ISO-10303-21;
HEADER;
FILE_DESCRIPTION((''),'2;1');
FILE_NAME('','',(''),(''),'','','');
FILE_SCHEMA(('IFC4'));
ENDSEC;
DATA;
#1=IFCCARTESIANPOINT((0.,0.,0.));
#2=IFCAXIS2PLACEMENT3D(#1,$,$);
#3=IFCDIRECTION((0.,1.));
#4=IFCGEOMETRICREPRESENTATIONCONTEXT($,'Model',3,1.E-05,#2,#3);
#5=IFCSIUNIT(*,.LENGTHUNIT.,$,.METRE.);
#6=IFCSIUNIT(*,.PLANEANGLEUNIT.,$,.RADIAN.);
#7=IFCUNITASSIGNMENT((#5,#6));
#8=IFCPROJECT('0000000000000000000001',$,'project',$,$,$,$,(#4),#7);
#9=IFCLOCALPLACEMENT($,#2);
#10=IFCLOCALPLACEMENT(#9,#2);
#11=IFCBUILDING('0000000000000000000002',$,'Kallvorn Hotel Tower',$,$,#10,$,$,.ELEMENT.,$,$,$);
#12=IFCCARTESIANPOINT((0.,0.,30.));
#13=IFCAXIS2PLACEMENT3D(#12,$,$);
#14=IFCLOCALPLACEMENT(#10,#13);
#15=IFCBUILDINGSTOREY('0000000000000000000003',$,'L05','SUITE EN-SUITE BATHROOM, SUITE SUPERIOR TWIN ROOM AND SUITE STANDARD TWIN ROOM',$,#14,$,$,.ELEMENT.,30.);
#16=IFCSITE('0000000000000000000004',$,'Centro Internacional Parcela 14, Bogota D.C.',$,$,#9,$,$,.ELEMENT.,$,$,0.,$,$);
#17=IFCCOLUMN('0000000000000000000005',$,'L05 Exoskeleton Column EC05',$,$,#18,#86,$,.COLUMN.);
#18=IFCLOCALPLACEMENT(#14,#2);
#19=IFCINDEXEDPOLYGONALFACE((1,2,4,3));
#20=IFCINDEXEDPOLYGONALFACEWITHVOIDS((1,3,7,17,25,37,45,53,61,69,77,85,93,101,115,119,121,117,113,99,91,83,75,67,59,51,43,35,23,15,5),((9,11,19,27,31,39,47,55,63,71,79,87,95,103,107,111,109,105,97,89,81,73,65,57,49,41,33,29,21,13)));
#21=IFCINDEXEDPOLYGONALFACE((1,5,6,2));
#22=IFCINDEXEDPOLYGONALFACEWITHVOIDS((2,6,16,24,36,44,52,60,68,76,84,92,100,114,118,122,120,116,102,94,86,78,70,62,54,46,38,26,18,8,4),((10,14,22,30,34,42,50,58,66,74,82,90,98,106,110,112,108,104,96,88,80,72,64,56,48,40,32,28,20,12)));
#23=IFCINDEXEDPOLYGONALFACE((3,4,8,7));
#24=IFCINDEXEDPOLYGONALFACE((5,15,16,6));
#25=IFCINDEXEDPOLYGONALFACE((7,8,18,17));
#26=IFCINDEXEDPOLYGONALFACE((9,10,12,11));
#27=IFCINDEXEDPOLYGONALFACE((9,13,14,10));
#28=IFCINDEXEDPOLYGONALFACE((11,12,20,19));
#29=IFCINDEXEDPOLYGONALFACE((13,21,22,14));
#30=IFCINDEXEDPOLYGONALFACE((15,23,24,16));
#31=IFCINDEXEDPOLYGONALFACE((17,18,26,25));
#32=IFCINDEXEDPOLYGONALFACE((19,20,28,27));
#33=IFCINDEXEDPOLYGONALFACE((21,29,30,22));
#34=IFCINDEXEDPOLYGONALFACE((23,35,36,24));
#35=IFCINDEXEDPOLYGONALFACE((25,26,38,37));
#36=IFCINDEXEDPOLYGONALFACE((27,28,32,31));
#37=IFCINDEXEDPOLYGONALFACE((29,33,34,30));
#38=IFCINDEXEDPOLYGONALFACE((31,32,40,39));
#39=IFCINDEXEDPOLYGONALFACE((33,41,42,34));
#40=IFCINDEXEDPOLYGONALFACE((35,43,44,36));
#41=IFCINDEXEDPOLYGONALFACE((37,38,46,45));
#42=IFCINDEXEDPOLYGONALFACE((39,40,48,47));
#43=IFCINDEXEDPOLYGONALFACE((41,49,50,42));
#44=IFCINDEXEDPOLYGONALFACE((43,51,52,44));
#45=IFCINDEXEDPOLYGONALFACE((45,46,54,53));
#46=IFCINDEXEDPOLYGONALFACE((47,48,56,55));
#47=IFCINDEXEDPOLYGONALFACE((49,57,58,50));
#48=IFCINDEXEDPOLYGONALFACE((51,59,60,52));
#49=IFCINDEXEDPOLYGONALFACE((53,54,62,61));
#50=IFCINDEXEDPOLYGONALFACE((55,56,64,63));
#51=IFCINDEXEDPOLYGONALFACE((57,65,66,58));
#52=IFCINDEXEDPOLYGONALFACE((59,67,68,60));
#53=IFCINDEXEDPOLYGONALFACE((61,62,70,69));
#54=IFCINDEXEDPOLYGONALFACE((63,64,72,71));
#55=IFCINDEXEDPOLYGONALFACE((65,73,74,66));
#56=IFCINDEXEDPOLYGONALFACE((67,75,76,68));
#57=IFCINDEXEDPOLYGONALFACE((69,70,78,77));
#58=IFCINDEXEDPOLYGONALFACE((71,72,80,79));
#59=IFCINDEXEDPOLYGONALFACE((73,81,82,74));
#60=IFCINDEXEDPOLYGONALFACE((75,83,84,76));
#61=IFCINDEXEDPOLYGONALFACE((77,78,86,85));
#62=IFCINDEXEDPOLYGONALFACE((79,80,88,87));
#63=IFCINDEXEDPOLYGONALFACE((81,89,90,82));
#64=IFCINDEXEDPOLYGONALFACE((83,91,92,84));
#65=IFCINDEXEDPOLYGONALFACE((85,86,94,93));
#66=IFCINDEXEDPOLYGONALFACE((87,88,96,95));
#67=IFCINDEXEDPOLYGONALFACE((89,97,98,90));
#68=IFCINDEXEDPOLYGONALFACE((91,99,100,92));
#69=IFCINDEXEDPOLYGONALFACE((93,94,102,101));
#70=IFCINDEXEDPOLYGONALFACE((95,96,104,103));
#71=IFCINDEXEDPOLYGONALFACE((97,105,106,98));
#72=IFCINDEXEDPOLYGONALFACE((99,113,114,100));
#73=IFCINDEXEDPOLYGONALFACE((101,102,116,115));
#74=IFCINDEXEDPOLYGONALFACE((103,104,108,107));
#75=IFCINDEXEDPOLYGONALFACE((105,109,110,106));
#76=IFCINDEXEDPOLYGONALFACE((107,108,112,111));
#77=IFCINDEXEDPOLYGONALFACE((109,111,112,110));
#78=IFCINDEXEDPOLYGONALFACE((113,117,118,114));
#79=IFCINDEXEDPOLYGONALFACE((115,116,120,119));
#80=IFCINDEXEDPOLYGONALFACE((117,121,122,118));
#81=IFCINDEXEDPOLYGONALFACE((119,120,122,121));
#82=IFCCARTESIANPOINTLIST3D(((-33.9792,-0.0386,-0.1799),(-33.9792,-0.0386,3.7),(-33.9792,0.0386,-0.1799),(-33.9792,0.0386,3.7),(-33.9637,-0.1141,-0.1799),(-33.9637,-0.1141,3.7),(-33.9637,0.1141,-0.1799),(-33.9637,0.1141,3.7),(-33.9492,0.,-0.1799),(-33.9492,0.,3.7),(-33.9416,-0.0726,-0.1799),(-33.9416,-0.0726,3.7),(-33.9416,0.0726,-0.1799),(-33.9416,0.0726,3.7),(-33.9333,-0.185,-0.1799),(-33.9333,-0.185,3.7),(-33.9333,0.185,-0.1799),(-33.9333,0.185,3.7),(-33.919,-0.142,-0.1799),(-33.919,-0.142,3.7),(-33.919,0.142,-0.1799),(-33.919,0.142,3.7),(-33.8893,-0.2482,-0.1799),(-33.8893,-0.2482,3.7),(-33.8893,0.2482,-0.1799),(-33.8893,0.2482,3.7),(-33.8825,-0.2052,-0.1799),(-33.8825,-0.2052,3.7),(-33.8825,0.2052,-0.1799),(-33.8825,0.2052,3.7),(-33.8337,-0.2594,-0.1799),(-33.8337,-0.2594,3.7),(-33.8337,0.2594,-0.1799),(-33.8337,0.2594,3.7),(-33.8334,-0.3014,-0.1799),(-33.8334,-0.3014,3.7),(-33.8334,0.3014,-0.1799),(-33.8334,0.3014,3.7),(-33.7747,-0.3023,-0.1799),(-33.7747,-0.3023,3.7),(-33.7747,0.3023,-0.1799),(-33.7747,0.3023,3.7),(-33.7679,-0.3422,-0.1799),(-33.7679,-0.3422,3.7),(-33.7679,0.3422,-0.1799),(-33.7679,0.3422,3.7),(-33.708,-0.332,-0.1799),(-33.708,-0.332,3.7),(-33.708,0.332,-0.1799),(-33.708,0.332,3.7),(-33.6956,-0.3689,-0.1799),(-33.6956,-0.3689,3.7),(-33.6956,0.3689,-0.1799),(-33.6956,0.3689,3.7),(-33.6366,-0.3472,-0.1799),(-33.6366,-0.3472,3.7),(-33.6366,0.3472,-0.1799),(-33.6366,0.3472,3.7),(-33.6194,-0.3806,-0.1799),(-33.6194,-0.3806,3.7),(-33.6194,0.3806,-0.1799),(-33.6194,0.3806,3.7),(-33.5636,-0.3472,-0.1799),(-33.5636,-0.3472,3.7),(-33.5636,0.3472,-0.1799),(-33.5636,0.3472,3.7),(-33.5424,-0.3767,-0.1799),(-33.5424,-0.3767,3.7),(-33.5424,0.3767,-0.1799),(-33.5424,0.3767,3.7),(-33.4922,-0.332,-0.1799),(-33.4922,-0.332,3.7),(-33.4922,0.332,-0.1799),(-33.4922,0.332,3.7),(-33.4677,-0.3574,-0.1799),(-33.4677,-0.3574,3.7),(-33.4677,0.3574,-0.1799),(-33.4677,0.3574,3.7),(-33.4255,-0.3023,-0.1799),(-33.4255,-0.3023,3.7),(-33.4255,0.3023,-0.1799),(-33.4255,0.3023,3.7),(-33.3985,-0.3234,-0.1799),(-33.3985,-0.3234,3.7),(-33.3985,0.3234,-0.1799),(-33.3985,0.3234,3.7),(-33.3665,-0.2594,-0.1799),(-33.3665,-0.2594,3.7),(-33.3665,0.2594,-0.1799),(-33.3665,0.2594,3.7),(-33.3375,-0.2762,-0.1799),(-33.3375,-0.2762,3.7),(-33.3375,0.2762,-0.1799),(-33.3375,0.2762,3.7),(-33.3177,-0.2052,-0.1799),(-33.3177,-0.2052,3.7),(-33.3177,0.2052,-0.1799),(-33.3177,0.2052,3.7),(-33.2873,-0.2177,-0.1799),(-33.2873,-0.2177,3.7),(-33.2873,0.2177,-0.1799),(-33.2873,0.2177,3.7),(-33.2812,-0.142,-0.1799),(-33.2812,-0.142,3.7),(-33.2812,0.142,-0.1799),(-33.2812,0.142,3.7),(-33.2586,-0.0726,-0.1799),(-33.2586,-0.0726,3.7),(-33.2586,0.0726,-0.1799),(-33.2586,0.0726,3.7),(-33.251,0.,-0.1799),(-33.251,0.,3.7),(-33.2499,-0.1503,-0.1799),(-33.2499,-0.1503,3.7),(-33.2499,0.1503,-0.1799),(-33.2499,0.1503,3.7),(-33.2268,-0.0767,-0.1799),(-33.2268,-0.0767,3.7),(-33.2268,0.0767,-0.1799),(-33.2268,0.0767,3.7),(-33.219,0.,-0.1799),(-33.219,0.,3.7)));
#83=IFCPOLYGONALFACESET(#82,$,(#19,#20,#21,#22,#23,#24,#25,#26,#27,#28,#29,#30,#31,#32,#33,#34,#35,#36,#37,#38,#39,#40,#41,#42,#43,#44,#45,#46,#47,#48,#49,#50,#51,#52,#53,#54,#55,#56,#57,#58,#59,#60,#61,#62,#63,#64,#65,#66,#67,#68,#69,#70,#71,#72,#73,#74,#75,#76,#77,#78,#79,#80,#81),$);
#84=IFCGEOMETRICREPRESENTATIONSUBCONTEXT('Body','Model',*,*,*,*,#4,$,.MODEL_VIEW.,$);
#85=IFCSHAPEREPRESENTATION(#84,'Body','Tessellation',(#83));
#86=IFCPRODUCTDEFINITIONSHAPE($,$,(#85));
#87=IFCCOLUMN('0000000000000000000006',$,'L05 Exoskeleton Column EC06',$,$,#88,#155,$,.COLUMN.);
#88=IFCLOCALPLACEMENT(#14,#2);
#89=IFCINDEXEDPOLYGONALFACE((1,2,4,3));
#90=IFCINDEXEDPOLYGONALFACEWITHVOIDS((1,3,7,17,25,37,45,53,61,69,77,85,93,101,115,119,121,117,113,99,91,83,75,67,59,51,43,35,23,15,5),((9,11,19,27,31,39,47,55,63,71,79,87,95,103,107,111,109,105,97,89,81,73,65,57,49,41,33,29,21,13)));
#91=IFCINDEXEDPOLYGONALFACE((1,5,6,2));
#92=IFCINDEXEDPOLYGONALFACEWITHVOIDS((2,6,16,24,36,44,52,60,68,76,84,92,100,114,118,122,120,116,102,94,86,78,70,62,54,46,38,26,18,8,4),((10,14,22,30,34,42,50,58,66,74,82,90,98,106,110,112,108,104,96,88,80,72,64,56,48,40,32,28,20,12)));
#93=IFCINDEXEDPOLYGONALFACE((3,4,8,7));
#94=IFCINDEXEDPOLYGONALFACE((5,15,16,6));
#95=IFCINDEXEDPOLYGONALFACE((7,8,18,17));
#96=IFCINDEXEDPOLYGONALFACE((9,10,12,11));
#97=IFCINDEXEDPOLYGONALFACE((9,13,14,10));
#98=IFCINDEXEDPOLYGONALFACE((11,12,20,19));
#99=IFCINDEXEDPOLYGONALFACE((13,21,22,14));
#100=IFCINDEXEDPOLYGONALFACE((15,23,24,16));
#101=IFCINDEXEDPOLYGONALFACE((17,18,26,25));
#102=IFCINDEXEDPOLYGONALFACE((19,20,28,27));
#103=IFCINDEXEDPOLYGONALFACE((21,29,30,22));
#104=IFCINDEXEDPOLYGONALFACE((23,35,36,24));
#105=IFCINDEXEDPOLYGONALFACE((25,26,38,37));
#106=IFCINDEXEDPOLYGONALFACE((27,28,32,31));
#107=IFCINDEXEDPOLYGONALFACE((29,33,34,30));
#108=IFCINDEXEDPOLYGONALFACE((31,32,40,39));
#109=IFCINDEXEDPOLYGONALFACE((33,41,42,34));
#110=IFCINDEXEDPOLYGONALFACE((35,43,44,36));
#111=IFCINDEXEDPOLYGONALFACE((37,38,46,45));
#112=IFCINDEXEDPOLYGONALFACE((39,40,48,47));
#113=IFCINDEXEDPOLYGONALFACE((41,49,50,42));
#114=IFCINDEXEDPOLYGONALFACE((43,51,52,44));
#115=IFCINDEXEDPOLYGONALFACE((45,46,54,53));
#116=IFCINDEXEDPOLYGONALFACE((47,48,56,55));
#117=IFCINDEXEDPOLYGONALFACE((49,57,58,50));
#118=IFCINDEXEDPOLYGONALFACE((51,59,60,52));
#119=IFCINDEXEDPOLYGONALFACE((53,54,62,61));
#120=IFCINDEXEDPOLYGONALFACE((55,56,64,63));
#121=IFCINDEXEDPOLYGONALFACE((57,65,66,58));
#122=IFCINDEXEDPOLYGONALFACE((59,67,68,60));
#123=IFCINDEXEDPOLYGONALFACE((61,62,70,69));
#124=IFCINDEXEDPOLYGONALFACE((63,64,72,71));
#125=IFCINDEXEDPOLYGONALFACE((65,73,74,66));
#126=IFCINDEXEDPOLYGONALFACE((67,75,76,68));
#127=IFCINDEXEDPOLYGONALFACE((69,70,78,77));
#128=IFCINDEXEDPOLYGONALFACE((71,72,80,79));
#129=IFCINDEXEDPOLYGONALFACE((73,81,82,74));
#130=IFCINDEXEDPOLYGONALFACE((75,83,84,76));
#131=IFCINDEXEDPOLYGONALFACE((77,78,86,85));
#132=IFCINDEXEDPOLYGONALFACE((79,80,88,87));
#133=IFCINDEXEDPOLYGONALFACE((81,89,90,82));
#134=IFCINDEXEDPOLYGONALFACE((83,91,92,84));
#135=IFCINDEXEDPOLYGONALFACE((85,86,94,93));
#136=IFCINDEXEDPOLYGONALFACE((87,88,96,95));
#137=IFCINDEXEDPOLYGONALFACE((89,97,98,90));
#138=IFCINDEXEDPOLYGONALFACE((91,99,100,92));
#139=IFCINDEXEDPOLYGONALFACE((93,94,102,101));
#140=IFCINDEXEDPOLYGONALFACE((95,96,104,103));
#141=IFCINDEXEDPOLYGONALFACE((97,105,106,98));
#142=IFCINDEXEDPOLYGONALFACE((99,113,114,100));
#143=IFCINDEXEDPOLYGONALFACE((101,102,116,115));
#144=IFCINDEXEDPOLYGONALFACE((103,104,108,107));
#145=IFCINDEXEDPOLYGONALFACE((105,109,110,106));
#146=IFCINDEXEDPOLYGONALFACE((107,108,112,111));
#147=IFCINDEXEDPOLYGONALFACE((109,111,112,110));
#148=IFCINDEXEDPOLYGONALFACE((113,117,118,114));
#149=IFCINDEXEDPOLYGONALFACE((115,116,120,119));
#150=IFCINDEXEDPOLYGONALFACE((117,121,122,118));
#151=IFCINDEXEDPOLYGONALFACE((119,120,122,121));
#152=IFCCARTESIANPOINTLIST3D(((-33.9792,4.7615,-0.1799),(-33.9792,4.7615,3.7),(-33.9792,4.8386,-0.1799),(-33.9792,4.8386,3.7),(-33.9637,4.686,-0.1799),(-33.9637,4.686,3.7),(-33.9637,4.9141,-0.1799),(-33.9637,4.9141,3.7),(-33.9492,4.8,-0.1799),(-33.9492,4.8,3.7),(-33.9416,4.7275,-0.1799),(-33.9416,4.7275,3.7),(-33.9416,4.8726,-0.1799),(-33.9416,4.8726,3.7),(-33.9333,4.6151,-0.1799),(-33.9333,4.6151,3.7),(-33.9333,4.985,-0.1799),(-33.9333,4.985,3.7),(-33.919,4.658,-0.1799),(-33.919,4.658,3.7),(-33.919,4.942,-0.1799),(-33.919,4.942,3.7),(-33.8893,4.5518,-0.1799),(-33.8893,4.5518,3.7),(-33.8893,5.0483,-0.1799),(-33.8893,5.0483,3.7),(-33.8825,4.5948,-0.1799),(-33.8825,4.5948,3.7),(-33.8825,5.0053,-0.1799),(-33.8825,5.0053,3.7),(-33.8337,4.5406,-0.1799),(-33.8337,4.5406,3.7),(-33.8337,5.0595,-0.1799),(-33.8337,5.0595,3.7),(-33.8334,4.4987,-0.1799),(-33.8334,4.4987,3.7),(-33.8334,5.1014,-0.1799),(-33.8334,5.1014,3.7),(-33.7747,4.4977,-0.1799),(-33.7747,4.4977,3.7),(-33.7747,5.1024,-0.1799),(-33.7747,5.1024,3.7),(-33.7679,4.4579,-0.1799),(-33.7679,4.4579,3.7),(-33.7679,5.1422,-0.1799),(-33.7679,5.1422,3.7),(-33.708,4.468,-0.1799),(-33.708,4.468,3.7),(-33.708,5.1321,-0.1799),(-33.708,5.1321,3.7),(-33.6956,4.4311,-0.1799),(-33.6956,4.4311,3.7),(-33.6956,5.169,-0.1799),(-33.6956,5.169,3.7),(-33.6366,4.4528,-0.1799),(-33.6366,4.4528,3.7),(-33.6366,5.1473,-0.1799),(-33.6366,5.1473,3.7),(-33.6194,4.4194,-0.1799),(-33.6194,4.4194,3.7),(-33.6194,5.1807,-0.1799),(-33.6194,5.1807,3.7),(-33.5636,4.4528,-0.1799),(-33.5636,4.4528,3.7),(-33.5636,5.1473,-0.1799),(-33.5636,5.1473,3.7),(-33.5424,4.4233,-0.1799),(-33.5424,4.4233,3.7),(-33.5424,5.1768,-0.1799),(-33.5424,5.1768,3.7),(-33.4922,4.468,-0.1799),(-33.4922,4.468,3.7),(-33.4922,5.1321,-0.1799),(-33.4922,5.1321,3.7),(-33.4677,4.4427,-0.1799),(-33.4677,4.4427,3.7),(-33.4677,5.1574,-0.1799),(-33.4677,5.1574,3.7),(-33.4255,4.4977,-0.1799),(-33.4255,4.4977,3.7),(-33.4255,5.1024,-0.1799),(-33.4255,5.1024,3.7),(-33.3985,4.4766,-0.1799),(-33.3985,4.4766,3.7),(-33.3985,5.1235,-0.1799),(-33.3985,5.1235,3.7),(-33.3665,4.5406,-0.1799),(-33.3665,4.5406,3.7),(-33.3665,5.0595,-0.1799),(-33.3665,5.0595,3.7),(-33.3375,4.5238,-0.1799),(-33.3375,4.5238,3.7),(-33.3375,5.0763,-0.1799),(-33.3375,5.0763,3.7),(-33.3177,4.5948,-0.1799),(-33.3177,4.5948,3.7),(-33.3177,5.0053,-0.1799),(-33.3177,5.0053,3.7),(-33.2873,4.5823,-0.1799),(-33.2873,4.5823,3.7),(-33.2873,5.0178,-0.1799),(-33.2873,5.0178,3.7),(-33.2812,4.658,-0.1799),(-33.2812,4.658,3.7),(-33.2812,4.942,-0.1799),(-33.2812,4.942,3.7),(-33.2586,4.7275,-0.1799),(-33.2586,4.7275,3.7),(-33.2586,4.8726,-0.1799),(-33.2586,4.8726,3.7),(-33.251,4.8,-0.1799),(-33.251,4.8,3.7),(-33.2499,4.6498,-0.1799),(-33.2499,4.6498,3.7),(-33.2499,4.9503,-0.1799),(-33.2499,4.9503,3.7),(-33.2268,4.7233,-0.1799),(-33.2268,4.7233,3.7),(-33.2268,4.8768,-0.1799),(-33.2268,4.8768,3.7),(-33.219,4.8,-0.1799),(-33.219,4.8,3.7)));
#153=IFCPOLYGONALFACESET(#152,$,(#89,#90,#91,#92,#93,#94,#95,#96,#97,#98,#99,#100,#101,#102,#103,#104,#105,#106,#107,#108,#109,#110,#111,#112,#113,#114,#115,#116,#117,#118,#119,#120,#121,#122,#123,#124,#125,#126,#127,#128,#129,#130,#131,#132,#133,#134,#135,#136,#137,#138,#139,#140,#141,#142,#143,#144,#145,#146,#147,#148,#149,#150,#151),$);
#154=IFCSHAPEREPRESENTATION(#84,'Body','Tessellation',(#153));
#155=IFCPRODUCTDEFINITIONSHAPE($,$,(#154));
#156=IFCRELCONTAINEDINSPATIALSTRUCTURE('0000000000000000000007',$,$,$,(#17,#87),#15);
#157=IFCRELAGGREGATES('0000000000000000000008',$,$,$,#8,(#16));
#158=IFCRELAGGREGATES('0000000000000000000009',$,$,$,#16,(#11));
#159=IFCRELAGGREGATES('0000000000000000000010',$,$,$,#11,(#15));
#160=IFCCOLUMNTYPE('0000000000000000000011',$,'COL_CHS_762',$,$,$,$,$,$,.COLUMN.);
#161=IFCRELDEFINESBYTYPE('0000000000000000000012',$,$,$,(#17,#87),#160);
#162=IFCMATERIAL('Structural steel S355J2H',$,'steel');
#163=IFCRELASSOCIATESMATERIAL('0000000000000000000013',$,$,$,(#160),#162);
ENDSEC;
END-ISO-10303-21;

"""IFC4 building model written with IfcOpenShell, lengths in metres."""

from ifc_helpers import new_model, si_unit, direction, frame, origin, origin_2d, place, context, subcontext, project, spatial, hollow_circle, extrude, material, material_profile, profile_set, type_object, element, save


model = new_model("IFC4")

# Units and contexts
model_context = context("Model", 3, precision=1e-05, world=origin(), true_north=direction((0.0, 1.0)))
body_context = subcontext(model_context, "Body", "Model", "MODEL_VIEW")
ifc_project = project(units=[si_unit("LENGTHUNIT", "METRE"), si_unit("PLANEANGLEUNIT", "RADIAN")], contexts=[model_context])

# Site, building, storey
site_placement = place(None, origin())
site = spatial("IfcSite", under=ifc_project, at=site_placement, Name="Centro Internacional Parcela 14, Bogota D.C.", CompositionType="ELEMENT", RefElevation=0.0)
building_placement = place(site_placement, origin())
building = spatial("IfcBuilding", under=site, at=building_placement, Name="Kallvorn Hotel Tower", CompositionType="ELEMENT")
storey_placement = place(building_placement, frame((0.0, 0.0, 30.0)))
storey = spatial("IfcBuildingStorey", under=building, at=storey_placement, Name="L05", Description="SUITE EN-SUITE BATHROOM, SUITE SUPERIOR TWIN ROOM AND SUITE STANDARD TWIN ROOM", CompositionType="ELEMENT", Elevation=30.0)

# Columns
ifc_material_1 = material(Name="Structural steel S355J2H", Category="steel")
ifc_material_profile_1 = material_profile(ifc_material_1, hollow_circle(Radius=0.3811, WallThickness=0.032, at=origin_2d()), Name="CHS 762x32")
ifc_profile_set_1 = profile_set([ifc_material_profile_1], Name="Structural steel S355J2H")
column_type = type_object("IfcColumnType", Name="COL_CHS_762", PredefinedType="COLUMN", material=ifc_profile_set_1)
for number, where, z_axis, x_axis, name in (
    (1, (-33.6001, 0.0, -0.1799), (0.0, 0.0, 1.0), (1.0, 0.0, 0.0), "L05 Exoskeleton Column EC05"),
    (2, (-33.6001, 4.8, -0.1799), (0.0, 0.0, 1.0), (1.0, 0.0, 0.0), "L05 Exoskeleton Column EC06"),
):
    element("IfcColumn", number, at=place(storey_placement, frame(where, z_axis=z_axis, x_axis=x_axis)), inside=storey, type_object=column_type, Name=name, PredefinedType="COLUMN", context=body_context, shape_type="SweptSolid", body=[
        extrude(hollow_circle(Radius=0.3811, WallThickness=0.032, at=origin_2d()), origin(), (0.0, 0.0, 1.0), 3.8799),
    ])

save(model, "model.ifc")
